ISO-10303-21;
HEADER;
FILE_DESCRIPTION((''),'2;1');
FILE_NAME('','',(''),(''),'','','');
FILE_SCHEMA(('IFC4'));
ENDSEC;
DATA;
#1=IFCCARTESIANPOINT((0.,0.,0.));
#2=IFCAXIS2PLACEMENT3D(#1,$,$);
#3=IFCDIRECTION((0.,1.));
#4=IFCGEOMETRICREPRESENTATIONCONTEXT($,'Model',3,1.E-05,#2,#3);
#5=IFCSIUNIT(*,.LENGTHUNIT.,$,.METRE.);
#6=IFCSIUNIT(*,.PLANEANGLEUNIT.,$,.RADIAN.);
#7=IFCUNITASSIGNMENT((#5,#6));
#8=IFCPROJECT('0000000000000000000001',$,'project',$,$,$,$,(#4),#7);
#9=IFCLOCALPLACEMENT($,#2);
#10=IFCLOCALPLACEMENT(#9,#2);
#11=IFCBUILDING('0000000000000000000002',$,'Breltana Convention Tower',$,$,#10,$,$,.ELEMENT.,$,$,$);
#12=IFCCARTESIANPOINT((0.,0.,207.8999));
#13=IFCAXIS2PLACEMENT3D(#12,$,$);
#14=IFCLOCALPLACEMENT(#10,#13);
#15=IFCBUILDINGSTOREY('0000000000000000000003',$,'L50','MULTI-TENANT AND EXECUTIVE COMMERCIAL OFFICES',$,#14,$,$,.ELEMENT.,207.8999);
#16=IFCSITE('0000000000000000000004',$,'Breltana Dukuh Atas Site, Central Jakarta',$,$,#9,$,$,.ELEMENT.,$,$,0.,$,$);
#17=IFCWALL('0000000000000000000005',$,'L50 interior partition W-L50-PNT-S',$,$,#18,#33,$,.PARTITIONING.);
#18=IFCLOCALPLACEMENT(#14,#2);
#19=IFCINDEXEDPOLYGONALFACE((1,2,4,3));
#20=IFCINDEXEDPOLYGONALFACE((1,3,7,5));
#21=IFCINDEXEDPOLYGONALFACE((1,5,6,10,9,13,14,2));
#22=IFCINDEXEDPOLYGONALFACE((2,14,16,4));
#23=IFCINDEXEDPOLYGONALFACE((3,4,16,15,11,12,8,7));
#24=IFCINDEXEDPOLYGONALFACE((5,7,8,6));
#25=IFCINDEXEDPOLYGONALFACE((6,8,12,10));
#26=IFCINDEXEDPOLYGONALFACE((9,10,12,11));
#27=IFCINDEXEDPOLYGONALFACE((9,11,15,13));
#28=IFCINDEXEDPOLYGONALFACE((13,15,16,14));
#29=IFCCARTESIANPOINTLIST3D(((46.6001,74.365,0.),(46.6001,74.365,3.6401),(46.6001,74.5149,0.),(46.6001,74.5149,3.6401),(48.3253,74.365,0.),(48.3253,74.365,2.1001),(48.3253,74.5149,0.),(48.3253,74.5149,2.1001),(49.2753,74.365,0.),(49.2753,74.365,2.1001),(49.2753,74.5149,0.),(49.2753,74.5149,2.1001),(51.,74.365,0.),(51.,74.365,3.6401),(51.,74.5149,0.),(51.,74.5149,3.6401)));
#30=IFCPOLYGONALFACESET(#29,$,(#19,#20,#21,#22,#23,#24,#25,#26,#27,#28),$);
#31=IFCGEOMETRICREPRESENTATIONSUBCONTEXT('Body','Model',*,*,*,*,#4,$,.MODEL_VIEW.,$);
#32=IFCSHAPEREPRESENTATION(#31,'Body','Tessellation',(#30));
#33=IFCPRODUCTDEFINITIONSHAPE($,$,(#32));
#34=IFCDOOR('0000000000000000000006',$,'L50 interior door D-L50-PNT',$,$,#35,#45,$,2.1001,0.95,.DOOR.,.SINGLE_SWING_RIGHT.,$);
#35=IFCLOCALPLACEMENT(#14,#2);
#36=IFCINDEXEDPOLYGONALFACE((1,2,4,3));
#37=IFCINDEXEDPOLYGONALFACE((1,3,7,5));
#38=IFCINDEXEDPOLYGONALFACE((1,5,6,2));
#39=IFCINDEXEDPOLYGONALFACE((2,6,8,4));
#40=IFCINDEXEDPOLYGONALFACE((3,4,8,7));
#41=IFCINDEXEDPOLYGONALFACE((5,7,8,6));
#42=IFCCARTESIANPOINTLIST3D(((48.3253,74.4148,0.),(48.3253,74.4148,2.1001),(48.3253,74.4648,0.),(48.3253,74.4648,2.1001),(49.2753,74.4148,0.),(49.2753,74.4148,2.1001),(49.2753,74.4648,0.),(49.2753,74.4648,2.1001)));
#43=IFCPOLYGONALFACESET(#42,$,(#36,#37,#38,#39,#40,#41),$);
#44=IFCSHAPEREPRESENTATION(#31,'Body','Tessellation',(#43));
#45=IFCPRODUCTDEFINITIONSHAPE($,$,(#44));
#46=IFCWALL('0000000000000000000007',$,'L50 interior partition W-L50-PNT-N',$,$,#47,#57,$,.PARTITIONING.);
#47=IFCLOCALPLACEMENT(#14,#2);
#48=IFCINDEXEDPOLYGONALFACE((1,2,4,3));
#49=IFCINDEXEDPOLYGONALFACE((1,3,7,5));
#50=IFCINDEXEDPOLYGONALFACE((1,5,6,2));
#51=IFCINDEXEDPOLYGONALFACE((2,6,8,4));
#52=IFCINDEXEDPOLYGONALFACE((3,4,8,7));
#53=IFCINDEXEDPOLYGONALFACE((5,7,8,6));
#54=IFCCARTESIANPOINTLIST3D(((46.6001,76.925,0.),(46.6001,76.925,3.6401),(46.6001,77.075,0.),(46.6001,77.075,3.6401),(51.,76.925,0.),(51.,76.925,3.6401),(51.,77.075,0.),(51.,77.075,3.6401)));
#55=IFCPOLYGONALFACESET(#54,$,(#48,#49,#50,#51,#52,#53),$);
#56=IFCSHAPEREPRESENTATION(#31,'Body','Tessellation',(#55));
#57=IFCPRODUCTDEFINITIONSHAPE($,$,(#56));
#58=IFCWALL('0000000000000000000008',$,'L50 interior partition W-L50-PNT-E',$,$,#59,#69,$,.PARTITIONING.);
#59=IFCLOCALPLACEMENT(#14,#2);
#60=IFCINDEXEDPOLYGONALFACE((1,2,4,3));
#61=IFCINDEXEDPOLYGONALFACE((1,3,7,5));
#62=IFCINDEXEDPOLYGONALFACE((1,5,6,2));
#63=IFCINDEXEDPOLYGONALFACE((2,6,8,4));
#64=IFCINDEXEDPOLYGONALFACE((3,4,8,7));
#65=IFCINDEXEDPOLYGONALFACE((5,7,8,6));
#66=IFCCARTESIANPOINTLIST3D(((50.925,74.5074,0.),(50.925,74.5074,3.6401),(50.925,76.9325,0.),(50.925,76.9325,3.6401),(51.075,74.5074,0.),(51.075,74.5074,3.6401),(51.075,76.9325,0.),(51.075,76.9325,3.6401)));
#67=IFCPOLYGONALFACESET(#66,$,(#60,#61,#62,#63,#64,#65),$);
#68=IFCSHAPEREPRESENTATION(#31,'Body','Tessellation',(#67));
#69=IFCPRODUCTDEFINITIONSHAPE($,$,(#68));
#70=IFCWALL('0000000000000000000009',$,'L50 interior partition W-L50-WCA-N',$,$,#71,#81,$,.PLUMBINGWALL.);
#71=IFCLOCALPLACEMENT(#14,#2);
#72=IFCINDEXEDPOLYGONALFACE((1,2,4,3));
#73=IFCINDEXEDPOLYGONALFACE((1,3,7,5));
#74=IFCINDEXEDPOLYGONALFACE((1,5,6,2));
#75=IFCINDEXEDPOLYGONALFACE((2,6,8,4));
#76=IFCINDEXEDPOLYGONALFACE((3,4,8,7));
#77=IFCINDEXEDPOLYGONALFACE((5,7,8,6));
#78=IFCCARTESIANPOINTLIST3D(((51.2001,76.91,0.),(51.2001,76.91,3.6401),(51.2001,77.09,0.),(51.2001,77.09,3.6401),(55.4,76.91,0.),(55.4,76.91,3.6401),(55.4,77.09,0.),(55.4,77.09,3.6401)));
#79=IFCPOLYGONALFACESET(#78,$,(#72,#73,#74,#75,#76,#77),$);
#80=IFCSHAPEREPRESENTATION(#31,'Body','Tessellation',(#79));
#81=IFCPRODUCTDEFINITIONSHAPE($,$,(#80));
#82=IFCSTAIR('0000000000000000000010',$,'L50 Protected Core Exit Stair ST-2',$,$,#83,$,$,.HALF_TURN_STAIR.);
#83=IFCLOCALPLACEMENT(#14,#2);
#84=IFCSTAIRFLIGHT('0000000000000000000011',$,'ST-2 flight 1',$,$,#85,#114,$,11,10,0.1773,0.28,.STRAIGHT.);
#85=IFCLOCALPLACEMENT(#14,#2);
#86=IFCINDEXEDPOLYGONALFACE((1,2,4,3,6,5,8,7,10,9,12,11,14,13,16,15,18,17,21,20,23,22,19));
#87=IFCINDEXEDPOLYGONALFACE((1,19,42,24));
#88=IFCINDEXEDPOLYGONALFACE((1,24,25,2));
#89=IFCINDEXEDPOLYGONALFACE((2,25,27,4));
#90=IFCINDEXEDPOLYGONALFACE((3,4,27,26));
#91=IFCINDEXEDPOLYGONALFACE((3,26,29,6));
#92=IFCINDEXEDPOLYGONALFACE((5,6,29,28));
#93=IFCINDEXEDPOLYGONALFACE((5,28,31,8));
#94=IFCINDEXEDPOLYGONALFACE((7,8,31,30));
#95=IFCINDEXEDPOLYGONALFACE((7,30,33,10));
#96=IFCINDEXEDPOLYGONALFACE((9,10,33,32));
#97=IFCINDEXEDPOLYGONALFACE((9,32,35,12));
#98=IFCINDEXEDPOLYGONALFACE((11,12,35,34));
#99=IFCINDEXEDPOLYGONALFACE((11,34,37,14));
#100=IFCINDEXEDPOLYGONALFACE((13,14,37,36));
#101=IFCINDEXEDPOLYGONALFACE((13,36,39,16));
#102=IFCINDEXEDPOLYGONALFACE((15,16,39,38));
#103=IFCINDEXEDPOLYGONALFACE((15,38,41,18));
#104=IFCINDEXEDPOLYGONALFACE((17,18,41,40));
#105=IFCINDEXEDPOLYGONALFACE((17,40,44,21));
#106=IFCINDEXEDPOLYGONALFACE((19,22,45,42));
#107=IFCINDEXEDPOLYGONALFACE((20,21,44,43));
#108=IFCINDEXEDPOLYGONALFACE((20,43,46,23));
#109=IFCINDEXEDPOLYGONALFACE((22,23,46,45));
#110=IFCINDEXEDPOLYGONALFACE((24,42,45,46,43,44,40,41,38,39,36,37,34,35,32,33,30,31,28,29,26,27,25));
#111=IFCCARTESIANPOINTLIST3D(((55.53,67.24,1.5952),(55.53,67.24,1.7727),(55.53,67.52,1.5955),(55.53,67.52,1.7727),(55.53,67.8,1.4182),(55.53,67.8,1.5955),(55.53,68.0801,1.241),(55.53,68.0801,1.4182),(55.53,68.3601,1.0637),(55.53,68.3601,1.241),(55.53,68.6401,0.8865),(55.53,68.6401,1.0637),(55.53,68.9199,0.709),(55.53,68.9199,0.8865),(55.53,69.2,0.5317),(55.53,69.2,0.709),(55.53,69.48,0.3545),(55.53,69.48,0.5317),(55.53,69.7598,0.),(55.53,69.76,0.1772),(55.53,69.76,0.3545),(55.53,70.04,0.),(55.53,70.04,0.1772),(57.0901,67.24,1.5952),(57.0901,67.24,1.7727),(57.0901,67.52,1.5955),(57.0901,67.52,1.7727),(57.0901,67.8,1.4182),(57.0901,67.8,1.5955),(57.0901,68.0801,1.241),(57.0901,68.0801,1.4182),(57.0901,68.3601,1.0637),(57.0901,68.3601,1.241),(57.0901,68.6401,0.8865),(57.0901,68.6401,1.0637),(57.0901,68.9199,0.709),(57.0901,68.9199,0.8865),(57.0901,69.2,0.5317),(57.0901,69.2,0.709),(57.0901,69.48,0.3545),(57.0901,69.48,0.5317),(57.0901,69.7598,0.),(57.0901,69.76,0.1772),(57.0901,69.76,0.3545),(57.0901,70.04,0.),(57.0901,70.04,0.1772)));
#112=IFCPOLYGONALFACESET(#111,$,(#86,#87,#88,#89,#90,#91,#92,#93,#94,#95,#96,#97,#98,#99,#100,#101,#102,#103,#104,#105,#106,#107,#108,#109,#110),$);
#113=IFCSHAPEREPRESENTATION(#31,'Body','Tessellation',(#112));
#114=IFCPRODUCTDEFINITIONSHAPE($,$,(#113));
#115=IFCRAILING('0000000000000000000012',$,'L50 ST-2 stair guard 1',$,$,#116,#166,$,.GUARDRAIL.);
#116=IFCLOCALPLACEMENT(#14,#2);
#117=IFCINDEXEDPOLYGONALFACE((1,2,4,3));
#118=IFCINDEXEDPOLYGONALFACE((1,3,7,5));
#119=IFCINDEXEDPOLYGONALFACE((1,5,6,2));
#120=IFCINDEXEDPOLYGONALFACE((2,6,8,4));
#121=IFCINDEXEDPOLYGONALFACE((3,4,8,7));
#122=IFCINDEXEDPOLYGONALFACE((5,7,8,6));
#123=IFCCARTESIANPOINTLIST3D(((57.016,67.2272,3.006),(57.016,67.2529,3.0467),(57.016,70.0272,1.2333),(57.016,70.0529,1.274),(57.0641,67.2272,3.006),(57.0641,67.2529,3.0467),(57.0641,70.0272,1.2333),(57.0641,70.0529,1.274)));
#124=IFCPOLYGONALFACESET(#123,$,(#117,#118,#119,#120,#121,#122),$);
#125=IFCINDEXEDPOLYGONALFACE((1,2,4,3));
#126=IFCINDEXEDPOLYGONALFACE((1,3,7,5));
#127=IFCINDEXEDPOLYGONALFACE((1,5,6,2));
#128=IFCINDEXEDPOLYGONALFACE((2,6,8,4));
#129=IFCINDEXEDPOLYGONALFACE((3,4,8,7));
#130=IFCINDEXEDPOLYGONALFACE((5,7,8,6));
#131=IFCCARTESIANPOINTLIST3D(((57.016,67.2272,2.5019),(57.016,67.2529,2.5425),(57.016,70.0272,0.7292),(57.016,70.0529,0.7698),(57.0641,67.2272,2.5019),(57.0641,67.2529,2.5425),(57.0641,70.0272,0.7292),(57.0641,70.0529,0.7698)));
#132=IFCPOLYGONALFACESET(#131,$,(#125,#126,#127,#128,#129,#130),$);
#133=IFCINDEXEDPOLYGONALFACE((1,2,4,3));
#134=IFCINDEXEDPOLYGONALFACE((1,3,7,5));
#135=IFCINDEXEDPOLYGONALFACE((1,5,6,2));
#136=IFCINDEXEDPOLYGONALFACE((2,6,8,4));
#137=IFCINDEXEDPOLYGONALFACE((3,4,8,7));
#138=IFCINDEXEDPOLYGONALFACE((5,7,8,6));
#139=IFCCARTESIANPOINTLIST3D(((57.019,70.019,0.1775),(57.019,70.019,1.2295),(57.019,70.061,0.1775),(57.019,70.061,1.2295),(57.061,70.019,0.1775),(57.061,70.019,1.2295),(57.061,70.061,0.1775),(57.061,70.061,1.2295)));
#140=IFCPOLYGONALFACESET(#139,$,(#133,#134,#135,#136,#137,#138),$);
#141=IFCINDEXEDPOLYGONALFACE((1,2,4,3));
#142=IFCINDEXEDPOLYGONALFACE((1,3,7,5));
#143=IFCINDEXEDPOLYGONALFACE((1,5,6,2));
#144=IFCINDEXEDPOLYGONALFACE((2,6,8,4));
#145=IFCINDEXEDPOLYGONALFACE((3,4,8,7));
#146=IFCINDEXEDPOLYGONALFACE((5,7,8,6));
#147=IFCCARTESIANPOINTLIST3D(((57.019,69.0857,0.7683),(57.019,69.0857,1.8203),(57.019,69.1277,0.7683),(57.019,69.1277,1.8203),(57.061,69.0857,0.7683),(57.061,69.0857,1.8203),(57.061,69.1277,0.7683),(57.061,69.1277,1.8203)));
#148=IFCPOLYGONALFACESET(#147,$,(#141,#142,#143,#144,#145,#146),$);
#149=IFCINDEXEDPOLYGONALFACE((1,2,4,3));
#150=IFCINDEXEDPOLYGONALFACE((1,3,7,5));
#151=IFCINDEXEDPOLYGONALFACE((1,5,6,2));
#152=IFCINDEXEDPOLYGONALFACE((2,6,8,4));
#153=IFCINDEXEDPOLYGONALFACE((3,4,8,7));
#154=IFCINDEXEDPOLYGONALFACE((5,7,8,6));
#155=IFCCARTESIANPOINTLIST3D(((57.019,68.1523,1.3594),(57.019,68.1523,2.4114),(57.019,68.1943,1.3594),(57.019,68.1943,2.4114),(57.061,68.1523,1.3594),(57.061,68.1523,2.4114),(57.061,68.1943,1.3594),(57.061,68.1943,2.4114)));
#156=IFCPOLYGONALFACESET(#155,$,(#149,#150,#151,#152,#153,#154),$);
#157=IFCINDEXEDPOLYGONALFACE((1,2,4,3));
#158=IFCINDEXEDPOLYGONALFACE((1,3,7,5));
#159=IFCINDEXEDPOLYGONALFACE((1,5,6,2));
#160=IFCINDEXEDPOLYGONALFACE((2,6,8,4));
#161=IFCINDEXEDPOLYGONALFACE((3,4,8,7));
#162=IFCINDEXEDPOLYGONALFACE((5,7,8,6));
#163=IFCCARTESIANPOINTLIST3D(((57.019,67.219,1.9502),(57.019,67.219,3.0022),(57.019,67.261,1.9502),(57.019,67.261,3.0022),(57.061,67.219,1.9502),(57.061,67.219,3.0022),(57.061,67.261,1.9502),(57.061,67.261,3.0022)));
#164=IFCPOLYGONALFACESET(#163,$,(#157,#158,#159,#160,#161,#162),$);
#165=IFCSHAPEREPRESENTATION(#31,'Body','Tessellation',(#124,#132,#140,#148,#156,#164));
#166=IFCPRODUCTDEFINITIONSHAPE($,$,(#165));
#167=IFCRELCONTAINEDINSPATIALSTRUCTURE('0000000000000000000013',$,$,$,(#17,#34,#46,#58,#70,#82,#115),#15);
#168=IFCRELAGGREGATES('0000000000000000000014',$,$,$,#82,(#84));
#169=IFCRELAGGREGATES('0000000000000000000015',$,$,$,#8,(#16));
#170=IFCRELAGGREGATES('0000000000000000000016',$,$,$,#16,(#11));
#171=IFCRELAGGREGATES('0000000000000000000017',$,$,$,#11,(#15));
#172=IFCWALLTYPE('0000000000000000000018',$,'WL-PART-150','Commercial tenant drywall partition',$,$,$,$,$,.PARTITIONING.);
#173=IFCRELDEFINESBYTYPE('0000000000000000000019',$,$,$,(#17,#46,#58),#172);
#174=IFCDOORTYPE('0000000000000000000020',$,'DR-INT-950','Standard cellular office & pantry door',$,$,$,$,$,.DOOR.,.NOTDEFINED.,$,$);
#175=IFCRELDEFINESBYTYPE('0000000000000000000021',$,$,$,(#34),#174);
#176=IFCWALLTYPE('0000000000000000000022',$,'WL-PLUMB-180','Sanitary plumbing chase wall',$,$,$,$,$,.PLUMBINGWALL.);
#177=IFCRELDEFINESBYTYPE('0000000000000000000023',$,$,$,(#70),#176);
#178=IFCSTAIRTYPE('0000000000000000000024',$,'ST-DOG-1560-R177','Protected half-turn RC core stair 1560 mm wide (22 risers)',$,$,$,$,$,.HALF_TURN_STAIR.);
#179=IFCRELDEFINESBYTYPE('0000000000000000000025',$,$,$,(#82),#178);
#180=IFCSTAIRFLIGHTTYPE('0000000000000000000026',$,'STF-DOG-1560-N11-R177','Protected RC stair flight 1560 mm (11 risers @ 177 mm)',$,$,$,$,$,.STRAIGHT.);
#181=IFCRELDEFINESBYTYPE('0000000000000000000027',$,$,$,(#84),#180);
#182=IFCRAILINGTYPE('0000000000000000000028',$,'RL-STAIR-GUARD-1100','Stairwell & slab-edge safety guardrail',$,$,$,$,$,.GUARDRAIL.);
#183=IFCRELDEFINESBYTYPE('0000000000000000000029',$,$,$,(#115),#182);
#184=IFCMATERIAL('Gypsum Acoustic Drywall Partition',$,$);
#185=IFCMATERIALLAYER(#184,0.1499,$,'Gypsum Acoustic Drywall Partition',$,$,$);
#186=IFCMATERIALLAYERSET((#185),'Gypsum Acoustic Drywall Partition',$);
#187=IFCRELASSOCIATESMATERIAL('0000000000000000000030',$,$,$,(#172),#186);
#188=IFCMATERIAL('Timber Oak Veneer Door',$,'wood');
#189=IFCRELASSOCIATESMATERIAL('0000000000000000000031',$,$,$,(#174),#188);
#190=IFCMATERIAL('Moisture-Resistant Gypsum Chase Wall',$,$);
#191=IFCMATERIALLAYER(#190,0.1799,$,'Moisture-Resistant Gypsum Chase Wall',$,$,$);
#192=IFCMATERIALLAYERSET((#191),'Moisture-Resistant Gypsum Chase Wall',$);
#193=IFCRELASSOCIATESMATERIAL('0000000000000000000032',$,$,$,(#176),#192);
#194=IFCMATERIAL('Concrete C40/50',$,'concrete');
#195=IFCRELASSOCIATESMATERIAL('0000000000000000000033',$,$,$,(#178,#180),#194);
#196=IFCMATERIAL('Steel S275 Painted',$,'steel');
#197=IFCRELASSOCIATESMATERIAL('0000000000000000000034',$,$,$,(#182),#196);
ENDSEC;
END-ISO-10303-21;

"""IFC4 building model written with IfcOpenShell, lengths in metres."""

from ifc_helpers import new_model, si_unit, direction, frame, frame_2d, origin, origin_2d, place, context, subcontext, project, spatial, polyline, rectangle, outline, extrude, source, transform, mapped, material, layer, layer_set, type_object, type_shapes, element, fill, aggregate, save


model = new_model("IFC4")

# Units and contexts
model_context = context("Model", 3, precision=1e-05, world=origin(), true_north=direction((0.0, 1.0)))
body_context = subcontext(model_context, "Body", "Model", "MODEL_VIEW")
ifc_project = project(units=[si_unit("LENGTHUNIT", "METRE"), si_unit("PLANEANGLEUNIT", "RADIAN")], contexts=[model_context])

# Site, building, storey
site_placement = place(None, origin())
site = spatial("IfcSite", under=ifc_project, at=site_placement, Name="Breltana Dukuh Atas Site, Central Jakarta", CompositionType="ELEMENT", RefElevation=0.0)
building_placement = place(site_placement, origin())
building = spatial("IfcBuilding", under=site, at=building_placement, Name="Breltana Convention Tower", CompositionType="ELEMENT")
storey_placement = place(building_placement, frame((0.0, 0.0, 207.8999)))
storey = spatial("IfcBuildingStorey", under=building, at=storey_placement, Name="L50", Description="MULTI-TENANT AND EXECUTIVE COMMERCIAL OFFICES", CompositionType="ELEMENT", Elevation=207.8999)

# Wall, opening, door
ifc_material_1 = material(Name="Gypsum Acoustic Drywall Partition")
ifc_layer_1 = layer(ifc_material_1, 0.1499, Name="Gypsum Acoustic Drywall Partition")
ifc_layer_set_1 = layer_set([ifc_layer_1], Name="Gypsum Acoustic Drywall Partition")
wall_type_1 = type_object("IfcWallType", Name="WL-PART-150", Description="Commercial tenant drywall partition", PredefinedType="PARTITIONING", material=ifc_layer_set_1)
shared_shape_1 = source(origin(), body_context, "Body", "SweptSolid", [
    extrude(rectangle(XDim=4.3999, YDim=0.1499, at=frame_2d((2.2, 0.0))), origin(), (0.0, 0.0, 1.0), 3.6401),
])
wall_1_placement = place(storey_placement, frame((46.6001, 74.4399, 0.0), z_axis=(0.0, 0.0, 1.0), x_axis=(1.0, 0.0, 0.0)))
wall_1 = element("IfcWall", 1, at=wall_1_placement, inside=storey, type_object=wall_type_1, Name="L50 interior partition W-L50-PNT-S", PredefinedType="PARTITIONING", context=body_context, shape_type="MappedRepresentation", body=[
    mapped(shared_shape_1, transform((0.0, 0.0, 0.0), scale=1.0)),
])
opening_1_placement = place(wall_1_placement, frame((1.7251, 0.0, 0.0)))
opening_1 = element("IfcOpeningElement", 2, at=opening_1_placement, cuts=wall_1, PredefinedType="OPENING", context=body_context, shape_type="SweptSolid", body=[
    extrude(rectangle(XDim=0.95, YDim=2.1001, at=frame_2d((0.4751, 1.05))), frame((0.0, 0.085, 0.0), z_axis=(0.0, -1.0, 0.0), x_axis=(1.0, 0.0, 0.0)), (0.0, 0.0, 1.0), 0.1699),
])
ifc_material_2 = material(Name="Timber Oak Veneer Door", Category="wood")
door_type_1 = type_object("IfcDoorType", Name="DR-INT-950", Description="Standard cellular office & pantry door", OperationType="NOTDEFINED", PredefinedType="DOOR", material=ifc_material_2)
shared_shape_2 = source(origin(), body_context, "Body", "SweptSolid", [
    extrude(rectangle(XDim=0.95, YDim=2.1001, at=frame_2d((0.4751, 1.05))), frame((0.0, 0.0249, 0.0), z_axis=(0.0, -1.0, 0.0), x_axis=(1.0, 0.0, 0.0)), (0.0, 0.0, 1.0), 0.05),
])
type_shapes(door_type_1, [shared_shape_2])
door_1_placement = place(opening_1_placement, origin())
door_1 = element("IfcDoor", 3, at=door_1_placement, inside=storey, type_object=door_type_1, Name="L50 interior door D-L50-PNT", OperationType="SINGLE_SWING_RIGHT", OverallHeight=2.1001, OverallWidth=0.95, PredefinedType="DOOR", context=body_context, shape_type="MappedRepresentation", body=[
    mapped(shared_shape_2, transform((0.0, 0.0, 0.0), scale=1.0)),
])
fill(opening_1, door_1)

# Walls
wall_2_placement = place(storey_placement, frame((46.6001, 77.0, 0.0), z_axis=(0.0, 0.0, 1.0), x_axis=(1.0, 0.0, 0.0)))
element("IfcWall", 4, at=wall_2_placement, inside=storey, type_object=wall_type_1, Name="L50 interior partition W-L50-PNT-N", PredefinedType="PARTITIONING", context=body_context, shape_type="MappedRepresentation", body=[
    mapped(shared_shape_1, transform((0.0, 0.0, 0.0), scale=1.0)),
])
shared_shape_3 = source(origin(), body_context, "Body", "SweptSolid", [
    extrude(rectangle(XDim=2.425, YDim=0.1499, at=frame_2d((1.2124, 0.0))), origin(), (0.0, 0.0, 1.0), 3.6401),
])
wall_3_placement = place(storey_placement, frame((51.0, 74.5076, 0.0), z_axis=(0.0, 0.0, 1.0), x_axis=(0.0, 1.0, 0.0)))
element("IfcWall", 5, at=wall_3_placement, inside=storey, type_object=wall_type_1, Name="L50 interior partition W-L50-PNT-E", PredefinedType="PARTITIONING", context=body_context, shape_type="MappedRepresentation", body=[
    mapped(shared_shape_3, transform((0.0, 0.0, 0.0), scale=1.0)),
])

# Wall
ifc_material_3 = material(Name="Moisture-Resistant Gypsum Chase Wall")
ifc_layer_2 = layer(ifc_material_3, 0.1799, Name="Moisture-Resistant Gypsum Chase Wall")
ifc_layer_set_2 = layer_set([ifc_layer_2], Name="Moisture-Resistant Gypsum Chase Wall")
wall_type_2 = type_object("IfcWallType", Name="WL-PLUMB-180", Description="Sanitary plumbing chase wall", PredefinedType="PLUMBINGWALL", material=ifc_layer_set_2)
shared_shape_4 = source(origin(), body_context, "Body", "SweptSolid", [
    extrude(rectangle(XDim=4.2, YDim=0.1799, at=frame_2d((2.1001, 0.0))), origin(), (0.0, 0.0, 1.0), 3.6401),
])
wall_4_placement = place(storey_placement, frame((51.2, 77.0, 0.0), z_axis=(0.0, 0.0, 1.0), x_axis=(1.0, 0.0, 0.0)))
element("IfcWall", 6, at=wall_4_placement, inside=storey, type_object=wall_type_2, Name="L50 interior partition W-L50-WCA-N", PredefinedType="PLUMBINGWALL", context=body_context, shape_type="MappedRepresentation", body=[
    mapped(shared_shape_4, transform((0.0, 0.0, 0.0), scale=1.0)),
])

# Stair, stair flight
ifc_material_4 = material(Name="Concrete C40/50", Category="concrete")
stair_type = type_object("IfcStairType", Name="ST-DOG-1560-R177", Description="Protected half-turn RC core stair 1560 mm wide (22 risers)", PredefinedType="HALF_TURN_STAIR", material=ifc_material_4)
stair_placement = place(storey_placement, origin())
stair = element("IfcStair", 7, at=stair_placement, inside=storey, type_object=stair_type, Name="L50 Protected Core Exit Stair ST-2", PredefinedType="HALF_TURN_STAIR")
stair_flight_type = type_object("IfcStairFlightType", Name="STF-DOG-1560-N11-R177", Description="Protected RC stair flight 1560 mm (11 risers @ 177 mm)", PredefinedType="STRAIGHT", material=ifc_material_4)
stair_flight_placement = place(storey_placement, frame((56.3101, 70.04, 0.0), z_axis=(0.0, 0.0, 1.0), x_axis=(0.0, -1.0, 0.0)))
stair_flight = element("IfcStairFlight", 8, at=stair_flight_placement, type_object=stair_flight_type, Name="ST-2 flight 1", NumberOfRisers=11, NumberOfTreads=10, PredefinedType="STRAIGHT", RiserHeight=0.1773, TreadLength=0.28, context=body_context, shape_type="SweptSolid", body=[
    extrude(outline(polyline([(0.0, 0.0), (0.0, 0.1772), (0.28, 0.1772), (0.28, 0.3545), (0.5601, 0.3545), (0.5601, 0.5317), (0.8401, 0.5317), (0.8401, 0.709), (1.1201, 0.709), (1.1201, 0.8865), (1.3999, 0.8865), (1.3999, 1.0637), (1.6799, 1.0637), (1.6799, 1.241), (1.96, 1.241), (1.96, 1.4182), (2.24, 1.4182), (2.24, 1.5955), (2.52, 1.5955), (2.52, 1.7727), (2.8, 1.7727), (2.8, 1.95), (2.8, 1.5952), (0.2803, 0.0), (0.0, 0.0)])), frame((0.0, 0.78, 0.0), z_axis=(0.0, -1.0, 0.0), x_axis=(1.0, 0.0, 0.0)), (0.0, 0.0, 1.0), 1.5601),
])
aggregate(stair, [stair_flight])

# Railing
ifc_material_5 = material(Name="Steel S275 Painted", Category="steel")
railing_type = type_object("IfcRailingType", Name="RL-STAIR-GUARD-1100", Description="Stairwell & slab-edge safety guardrail", PredefinedType="GUARDRAIL", material=ifc_material_5)
railing_1_placement = place(storey_placement, frame((57.04, 70.04, 0.1775)))
element("IfcRailing", 9, at=railing_1_placement, inside=storey, type_object=railing_type, Name="L50 ST-2 stair guard 1", PredefinedType="GUARDRAIL", context=body_context, shape_type="SweptSolid", body=[
    extrude(rectangle(XDim=0.0481, YDim=0.0481, at=origin_2d()), frame((0.0, 0.0, 1.0762), z_axis=(0.0, -0.844909, 0.53491), x_axis=(1.0, 0.0, 0.0)), (0.0, 0.0, 1.0), 3.314),
    extrude(rectangle(XDim=0.0481, YDim=0.0481, at=origin_2d()), frame((0.0, 0.0, 0.572), z_axis=(0.0, -0.844909, 0.53491), x_axis=(1.0, 0.0, 0.0)), (0.0, 0.0, 1.0), 3.314),
    extrude(rectangle(XDim=0.042, YDim=0.042, at=origin_2d()), origin(), (0.0, 0.0, 1.0), 1.052),
    extrude(rectangle(XDim=0.042, YDim=0.042, at=origin_2d()), frame((0.0, -0.9333, 0.5908)), (0.0, 0.0, 1.0), 1.052),
    extrude(rectangle(XDim=0.042, YDim=0.042, at=origin_2d()), frame((0.0, -1.8667, 1.1819)), (0.0, 0.0, 1.0), 1.052),
    extrude(rectangle(XDim=0.042, YDim=0.042, at=origin_2d()), frame((0.0, -2.8, 1.7727)), (0.0, 0.0, 1.0), 1.052),
])

save(model, "model.ifc")
